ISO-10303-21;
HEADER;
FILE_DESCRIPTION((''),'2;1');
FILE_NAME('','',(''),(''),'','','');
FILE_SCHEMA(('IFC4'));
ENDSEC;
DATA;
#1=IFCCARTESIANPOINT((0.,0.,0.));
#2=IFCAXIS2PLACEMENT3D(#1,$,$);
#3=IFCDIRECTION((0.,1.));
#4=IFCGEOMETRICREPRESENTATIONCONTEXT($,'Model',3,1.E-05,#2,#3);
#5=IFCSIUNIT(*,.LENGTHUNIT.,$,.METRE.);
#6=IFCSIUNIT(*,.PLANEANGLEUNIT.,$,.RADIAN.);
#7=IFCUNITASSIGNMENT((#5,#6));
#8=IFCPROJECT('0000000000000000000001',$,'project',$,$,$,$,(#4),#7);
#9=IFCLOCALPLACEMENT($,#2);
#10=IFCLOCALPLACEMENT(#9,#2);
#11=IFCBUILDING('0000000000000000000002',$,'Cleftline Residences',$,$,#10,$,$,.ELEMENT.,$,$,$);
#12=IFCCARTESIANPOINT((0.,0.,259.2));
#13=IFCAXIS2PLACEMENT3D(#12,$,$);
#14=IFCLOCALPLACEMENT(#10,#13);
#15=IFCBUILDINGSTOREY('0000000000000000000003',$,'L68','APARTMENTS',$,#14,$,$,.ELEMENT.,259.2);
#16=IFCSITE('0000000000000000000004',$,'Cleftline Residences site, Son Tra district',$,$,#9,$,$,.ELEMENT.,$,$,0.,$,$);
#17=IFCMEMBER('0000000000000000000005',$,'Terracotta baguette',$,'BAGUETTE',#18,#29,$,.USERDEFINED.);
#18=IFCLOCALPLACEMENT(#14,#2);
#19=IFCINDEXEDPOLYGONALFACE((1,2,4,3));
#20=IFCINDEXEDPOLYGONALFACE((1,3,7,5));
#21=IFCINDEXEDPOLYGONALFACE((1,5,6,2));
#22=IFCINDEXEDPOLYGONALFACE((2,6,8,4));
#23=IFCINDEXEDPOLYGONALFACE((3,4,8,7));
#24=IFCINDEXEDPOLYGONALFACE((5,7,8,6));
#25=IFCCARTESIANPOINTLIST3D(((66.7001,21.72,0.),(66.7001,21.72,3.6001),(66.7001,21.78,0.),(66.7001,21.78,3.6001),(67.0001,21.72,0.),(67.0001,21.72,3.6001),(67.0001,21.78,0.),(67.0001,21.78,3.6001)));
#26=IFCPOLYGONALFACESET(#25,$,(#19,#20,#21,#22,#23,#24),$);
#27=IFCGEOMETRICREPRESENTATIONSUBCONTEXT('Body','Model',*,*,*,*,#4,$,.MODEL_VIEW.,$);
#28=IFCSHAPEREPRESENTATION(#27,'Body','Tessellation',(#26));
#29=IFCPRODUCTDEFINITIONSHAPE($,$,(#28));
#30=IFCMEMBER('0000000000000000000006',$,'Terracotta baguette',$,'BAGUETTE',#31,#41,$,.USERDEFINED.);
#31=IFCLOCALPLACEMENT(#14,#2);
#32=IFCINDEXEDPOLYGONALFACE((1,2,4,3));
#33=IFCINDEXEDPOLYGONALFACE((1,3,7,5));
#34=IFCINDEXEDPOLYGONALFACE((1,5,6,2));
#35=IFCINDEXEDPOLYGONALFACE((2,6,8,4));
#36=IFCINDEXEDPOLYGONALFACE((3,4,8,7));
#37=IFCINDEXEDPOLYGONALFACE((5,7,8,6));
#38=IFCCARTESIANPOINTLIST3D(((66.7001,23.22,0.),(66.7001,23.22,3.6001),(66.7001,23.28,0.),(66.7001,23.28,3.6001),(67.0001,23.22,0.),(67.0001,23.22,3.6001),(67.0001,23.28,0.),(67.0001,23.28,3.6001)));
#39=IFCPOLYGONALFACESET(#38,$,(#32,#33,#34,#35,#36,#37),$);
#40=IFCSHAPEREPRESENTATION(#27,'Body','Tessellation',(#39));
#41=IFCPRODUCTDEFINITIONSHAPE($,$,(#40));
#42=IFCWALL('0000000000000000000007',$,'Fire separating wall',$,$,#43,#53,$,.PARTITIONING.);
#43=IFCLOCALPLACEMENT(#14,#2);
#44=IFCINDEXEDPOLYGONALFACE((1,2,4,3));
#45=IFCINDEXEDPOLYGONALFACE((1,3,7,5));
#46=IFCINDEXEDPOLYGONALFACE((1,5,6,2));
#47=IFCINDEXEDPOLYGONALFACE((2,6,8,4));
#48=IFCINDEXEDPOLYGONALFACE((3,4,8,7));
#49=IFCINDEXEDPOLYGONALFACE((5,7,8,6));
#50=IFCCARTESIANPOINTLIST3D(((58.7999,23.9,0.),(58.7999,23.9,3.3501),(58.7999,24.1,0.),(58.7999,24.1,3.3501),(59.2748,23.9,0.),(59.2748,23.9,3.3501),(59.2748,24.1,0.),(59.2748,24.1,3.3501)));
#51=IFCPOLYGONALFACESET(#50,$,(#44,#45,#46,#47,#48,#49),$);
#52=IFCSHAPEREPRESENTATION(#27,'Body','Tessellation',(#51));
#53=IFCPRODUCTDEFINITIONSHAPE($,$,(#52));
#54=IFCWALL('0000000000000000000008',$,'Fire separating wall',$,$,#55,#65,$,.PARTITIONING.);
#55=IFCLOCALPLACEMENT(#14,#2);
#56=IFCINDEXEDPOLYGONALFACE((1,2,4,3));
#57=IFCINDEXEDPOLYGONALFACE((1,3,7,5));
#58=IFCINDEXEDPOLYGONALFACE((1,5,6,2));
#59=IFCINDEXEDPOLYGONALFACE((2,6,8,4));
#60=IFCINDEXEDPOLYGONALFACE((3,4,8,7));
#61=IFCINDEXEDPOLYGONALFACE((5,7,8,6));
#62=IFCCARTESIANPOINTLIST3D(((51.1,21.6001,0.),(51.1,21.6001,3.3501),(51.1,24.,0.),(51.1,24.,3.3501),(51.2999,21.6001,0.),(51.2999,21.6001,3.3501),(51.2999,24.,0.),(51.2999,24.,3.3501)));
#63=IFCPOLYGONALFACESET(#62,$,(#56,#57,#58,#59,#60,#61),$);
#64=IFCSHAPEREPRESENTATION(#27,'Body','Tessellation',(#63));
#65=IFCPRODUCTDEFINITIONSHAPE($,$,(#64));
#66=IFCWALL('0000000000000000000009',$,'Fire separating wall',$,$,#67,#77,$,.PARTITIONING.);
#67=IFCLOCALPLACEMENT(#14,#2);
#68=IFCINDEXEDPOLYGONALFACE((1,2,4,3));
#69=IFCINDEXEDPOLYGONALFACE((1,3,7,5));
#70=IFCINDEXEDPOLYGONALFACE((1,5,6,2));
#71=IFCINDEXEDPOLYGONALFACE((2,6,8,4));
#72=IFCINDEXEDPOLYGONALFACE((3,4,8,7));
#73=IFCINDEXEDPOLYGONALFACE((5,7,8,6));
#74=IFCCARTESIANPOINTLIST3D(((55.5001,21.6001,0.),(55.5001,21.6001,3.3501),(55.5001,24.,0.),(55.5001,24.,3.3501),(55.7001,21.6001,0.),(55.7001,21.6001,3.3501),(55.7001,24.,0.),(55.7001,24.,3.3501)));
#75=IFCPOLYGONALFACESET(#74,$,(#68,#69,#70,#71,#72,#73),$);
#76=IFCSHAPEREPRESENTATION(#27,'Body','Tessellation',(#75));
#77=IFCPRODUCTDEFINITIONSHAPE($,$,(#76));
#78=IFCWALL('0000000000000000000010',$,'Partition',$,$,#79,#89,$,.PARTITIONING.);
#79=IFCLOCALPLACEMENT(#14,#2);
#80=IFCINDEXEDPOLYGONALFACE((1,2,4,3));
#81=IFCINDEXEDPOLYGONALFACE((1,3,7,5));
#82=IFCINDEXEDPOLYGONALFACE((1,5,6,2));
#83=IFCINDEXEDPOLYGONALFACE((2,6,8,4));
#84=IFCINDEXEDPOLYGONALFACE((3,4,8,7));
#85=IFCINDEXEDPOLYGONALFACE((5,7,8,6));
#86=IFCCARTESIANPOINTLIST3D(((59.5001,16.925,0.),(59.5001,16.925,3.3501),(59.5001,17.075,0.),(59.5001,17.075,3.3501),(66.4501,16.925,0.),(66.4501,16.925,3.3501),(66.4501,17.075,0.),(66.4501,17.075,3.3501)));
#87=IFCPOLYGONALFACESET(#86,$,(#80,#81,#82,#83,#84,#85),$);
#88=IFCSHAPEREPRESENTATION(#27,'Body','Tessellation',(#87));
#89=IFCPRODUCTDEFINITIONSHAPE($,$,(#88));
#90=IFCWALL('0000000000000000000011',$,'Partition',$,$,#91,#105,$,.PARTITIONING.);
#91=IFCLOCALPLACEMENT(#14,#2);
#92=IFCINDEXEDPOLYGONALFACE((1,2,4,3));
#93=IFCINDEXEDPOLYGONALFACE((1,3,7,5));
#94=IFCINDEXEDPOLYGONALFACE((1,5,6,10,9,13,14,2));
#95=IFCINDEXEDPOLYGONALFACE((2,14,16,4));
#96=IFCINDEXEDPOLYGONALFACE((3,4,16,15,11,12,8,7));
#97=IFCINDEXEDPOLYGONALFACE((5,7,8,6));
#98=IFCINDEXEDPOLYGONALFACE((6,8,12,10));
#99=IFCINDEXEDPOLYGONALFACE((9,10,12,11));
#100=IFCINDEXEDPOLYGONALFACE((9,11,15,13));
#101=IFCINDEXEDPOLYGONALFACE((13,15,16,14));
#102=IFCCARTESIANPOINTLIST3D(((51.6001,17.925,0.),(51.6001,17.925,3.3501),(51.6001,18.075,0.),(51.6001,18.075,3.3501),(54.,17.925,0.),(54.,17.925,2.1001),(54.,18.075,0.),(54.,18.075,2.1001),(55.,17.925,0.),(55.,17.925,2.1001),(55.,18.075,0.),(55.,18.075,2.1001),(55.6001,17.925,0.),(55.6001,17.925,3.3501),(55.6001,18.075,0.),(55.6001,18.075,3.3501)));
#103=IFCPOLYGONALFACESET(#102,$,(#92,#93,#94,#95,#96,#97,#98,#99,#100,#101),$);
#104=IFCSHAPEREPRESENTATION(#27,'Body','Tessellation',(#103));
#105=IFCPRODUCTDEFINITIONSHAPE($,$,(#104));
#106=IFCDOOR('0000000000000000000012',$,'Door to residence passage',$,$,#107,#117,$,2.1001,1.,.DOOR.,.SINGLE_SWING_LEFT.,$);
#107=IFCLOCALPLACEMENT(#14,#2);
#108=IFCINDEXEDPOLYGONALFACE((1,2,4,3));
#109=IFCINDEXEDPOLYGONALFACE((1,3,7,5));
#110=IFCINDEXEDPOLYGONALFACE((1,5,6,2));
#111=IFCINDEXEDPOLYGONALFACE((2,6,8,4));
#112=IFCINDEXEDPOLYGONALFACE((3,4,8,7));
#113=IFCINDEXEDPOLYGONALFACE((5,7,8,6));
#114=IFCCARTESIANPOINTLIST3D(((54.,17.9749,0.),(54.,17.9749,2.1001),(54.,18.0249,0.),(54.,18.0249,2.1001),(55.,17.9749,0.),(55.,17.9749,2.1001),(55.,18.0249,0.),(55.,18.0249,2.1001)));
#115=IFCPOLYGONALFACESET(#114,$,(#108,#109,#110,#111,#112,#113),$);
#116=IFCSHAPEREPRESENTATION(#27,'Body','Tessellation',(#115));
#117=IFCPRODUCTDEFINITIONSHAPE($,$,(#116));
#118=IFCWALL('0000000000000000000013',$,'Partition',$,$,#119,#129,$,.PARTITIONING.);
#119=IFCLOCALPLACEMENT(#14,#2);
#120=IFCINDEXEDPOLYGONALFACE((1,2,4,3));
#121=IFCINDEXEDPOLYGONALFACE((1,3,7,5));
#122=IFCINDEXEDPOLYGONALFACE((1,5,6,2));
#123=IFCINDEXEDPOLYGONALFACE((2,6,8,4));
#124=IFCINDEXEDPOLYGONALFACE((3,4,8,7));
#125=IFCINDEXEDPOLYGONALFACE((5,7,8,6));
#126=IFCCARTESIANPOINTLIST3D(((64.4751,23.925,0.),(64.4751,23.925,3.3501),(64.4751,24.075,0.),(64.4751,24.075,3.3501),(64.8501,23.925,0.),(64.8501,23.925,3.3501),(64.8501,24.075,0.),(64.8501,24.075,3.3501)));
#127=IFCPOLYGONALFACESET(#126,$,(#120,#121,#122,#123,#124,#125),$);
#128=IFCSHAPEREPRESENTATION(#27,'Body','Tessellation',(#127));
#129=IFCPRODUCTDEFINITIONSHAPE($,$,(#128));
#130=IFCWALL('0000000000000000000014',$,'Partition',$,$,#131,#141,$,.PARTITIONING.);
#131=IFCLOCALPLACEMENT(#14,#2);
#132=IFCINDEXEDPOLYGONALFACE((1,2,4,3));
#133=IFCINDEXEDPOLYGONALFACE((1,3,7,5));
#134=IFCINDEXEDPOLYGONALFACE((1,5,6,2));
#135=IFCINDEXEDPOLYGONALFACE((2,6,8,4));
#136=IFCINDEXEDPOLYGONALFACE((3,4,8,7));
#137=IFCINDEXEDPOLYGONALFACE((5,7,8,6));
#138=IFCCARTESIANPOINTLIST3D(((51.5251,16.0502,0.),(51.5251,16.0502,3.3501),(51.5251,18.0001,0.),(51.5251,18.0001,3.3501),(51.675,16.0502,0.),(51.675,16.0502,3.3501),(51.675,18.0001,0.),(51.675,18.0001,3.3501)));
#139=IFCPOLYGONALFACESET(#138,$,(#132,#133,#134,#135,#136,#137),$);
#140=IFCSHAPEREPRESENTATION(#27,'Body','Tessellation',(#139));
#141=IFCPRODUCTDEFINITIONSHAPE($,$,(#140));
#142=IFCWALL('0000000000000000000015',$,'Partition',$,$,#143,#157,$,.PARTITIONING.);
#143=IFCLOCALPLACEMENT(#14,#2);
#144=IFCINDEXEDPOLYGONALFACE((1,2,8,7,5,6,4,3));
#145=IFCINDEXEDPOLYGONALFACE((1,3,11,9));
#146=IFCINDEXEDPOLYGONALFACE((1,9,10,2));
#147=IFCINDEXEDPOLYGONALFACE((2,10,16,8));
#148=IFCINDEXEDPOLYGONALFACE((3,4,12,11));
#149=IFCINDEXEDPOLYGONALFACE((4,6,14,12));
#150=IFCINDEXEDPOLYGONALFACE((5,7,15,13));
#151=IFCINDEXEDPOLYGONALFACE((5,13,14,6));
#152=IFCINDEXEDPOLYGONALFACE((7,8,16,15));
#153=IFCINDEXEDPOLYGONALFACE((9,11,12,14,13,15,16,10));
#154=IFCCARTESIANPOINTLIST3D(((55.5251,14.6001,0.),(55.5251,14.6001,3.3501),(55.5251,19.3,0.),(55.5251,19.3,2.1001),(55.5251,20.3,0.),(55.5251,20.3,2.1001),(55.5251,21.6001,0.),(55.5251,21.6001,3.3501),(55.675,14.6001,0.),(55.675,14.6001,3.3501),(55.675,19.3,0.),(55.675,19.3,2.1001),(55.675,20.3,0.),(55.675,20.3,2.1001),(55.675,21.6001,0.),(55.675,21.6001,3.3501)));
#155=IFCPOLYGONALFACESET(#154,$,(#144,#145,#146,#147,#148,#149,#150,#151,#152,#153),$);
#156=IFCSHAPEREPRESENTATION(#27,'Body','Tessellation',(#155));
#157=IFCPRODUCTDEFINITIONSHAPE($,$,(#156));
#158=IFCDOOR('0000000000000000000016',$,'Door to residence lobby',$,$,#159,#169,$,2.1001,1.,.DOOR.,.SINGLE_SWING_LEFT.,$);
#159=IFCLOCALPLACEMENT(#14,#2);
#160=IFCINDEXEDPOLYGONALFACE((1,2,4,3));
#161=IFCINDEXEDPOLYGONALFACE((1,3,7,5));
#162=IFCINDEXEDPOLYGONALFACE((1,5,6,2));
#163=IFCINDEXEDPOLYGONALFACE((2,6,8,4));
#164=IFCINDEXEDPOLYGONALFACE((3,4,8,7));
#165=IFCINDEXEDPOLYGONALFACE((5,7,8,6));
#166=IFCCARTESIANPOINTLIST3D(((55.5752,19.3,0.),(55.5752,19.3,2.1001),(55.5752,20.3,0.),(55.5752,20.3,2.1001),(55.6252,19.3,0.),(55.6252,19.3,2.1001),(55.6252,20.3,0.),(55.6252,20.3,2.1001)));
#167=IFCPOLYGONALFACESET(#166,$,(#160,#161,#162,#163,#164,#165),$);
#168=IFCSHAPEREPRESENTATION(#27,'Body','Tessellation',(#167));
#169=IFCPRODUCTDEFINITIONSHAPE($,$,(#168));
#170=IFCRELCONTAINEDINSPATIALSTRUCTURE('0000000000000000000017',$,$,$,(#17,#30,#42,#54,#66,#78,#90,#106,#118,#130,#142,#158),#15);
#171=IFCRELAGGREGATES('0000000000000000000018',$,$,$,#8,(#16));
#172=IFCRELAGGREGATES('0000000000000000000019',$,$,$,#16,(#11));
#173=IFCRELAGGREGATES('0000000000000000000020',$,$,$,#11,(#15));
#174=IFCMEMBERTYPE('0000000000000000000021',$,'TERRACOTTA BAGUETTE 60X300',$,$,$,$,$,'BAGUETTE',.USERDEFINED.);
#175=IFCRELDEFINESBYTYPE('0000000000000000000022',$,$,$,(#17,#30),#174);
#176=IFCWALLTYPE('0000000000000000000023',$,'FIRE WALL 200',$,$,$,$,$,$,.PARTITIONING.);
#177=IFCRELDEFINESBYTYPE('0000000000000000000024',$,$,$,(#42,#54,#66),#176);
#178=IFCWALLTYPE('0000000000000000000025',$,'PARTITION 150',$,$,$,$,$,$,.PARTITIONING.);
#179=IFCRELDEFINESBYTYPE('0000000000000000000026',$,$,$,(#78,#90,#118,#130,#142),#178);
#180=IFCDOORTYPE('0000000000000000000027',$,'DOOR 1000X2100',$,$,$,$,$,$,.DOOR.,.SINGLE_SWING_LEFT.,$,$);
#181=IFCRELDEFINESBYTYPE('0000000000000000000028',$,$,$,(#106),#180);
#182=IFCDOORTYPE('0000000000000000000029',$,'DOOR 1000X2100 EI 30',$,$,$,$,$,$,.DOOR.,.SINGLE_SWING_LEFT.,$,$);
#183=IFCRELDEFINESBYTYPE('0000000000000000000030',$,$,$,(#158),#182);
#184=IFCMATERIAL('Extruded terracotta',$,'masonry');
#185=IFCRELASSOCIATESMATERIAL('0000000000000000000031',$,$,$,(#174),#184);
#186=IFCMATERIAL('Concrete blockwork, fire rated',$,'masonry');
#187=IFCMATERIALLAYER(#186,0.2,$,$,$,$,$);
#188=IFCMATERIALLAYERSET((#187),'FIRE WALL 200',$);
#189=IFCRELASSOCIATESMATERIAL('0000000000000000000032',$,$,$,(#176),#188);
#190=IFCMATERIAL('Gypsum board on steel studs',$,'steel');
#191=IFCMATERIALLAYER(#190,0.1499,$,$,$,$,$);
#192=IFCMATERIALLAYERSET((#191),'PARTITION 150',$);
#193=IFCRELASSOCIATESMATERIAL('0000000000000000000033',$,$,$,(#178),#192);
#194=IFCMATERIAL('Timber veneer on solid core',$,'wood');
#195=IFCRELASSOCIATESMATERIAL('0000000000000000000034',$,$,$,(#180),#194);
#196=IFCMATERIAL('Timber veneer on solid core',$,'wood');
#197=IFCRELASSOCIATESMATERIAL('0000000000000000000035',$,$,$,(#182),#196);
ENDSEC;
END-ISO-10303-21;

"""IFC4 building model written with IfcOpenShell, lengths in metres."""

from ifc_helpers import new_model, si_unit, direction, frame, frame_2d, origin, origin_2d, place, context, subcontext, project, spatial, rectangle, extrude, material, layer, layer_set, material_profile, profile_set, type_object, element, fill, save


model = new_model("IFC4")

# Units and contexts
model_context = context("Model", 3, precision=1e-05, world=origin(), true_north=direction((0.0, 1.0)))
body_context = subcontext(model_context, "Body", "Model", "MODEL_VIEW")
ifc_project = project(units=[si_unit("LENGTHUNIT", "METRE"), si_unit("PLANEANGLEUNIT", "RADIAN")], contexts=[model_context])

# Site, building, storey
site_placement = place(None, origin())
site = spatial("IfcSite", under=ifc_project, at=site_placement, Name="Cleftline Residences site, Son Tra district", CompositionType="ELEMENT", RefElevation=0.0)
building_placement = place(site_placement, origin())
building = spatial("IfcBuilding", under=site, at=building_placement, Name="Cleftline Residences", CompositionType="ELEMENT")
storey_placement = place(building_placement, frame((0.0, 0.0, 259.2)))
storey = spatial("IfcBuildingStorey", under=building, at=storey_placement, Name="L68", Description="APARTMENTS", CompositionType="ELEMENT", Elevation=259.2)

# Members
ifc_material_1 = material(Name="Extruded terracotta", Category="masonry")
ifc_material_profile_1 = material_profile(ifc_material_1, rectangle(XDim=0.0601, YDim=0.3, at=origin_2d()))
ifc_profile_set_1 = profile_set([ifc_material_profile_1], Name="Extruded terracotta")
member_type_1 = type_object("IfcMemberType", Name="TERRACOTTA BAGUETTE 60X300", ElementType="BAGUETTE", PredefinedType="USERDEFINED", material=ifc_profile_set_1)
for number, where, z_axis, x_axis, name in (
    (1, (66.8501, 21.75, 0.0), (0.0, 0.0, 1.0), (0.0, 1.0, 0.0), "Terracotta baguette"),
    (2, (66.8501, 23.25, 0.0), (0.0, 0.0, 1.0), (0.0, 1.0, 0.0), "Terracotta baguette"),
):
    element("IfcMember", number, at=place(storey_placement, frame(where, z_axis=z_axis, x_axis=x_axis)), inside=storey, type_object=member_type_1, Name=name, ObjectType="BAGUETTE", PredefinedType="USERDEFINED", context=body_context, shape_type="SweptSolid", body=[
        extrude(rectangle(XDim=0.0601, YDim=0.3, at=origin_2d()), origin(), (0.0, 0.0, 1.0), 3.6001),
    ])

# Walls
ifc_material_2 = material(Name="Concrete blockwork, fire rated", Category="masonry")
ifc_layer_1 = layer(ifc_material_2, 0.2)
ifc_layer_set_1 = layer_set([ifc_layer_1], Name="FIRE WALL 200")
wall_type_1 = type_object("IfcWallType", Name="FIRE WALL 200", PredefinedType="PARTITIONING", material=ifc_layer_set_1)
wall_1_placement = place(storey_placement, frame((58.8, 24.0, 0.0), z_axis=(0.0, 0.0, 1.0), x_axis=(1.0, 0.0, 0.0)))
element("IfcWall", 3, at=wall_1_placement, inside=storey, type_object=wall_type_1, Name="Fire separating wall", PredefinedType="PARTITIONING", context=body_context, shape_type="SweptSolid", body=[
    extrude(rectangle(XDim=0.4749, YDim=0.2, at=frame_2d((0.2373, 0.0))), origin(), (0.0, 0.0, 1.0), 3.3501),
])
for number, where, z_axis, x_axis, name in (
    (4, (51.2, 21.6001, 0.0), (0.0, 0.0, 1.0), (0.0, 1.0, 0.0), "Fire separating wall"),
    (5, (55.6001, 21.6001, 0.0), (0.0, 0.0, 1.0), (0.0, 1.0, 0.0), "Fire separating wall"),
):
    element("IfcWall", number, at=place(storey_placement, frame(where, z_axis=z_axis, x_axis=x_axis)), inside=storey, type_object=wall_type_1, Name=name, PredefinedType="PARTITIONING", context=body_context, shape_type="SweptSolid", body=[
        extrude(rectangle(XDim=2.3999, YDim=0.2, at=frame_2d((1.2, 0.0))), origin(), (0.0, 0.0, 1.0), 3.3501),
    ])
ifc_material_3 = material(Name="Gypsum board on steel studs", Category="steel")
ifc_layer_2 = layer(ifc_material_3, 0.1499)
ifc_layer_set_2 = layer_set([ifc_layer_2], Name="PARTITION 150")
wall_type_2 = type_object("IfcWallType", Name="PARTITION 150", PredefinedType="PARTITIONING", material=ifc_layer_set_2)
wall_2_placement = place(storey_placement, frame((59.5, 17.0, 0.0), z_axis=(0.0, 0.0, 1.0), x_axis=(1.0, 0.0, 0.0)))
element("IfcWall", 6, at=wall_2_placement, inside=storey, type_object=wall_type_2, Name="Partition", PredefinedType="PARTITIONING", context=body_context, shape_type="SweptSolid", body=[
    extrude(rectangle(XDim=6.95, YDim=0.1499, at=frame_2d((3.4751, 0.0))), origin(), (0.0, 0.0, 1.0), 3.3501),
])

# Wall, opening, door
wall_3_placement = place(storey_placement, frame((51.6001, 18.0, 0.0), z_axis=(0.0, 0.0, 1.0), x_axis=(1.0, 0.0, 0.0)))
wall_3 = element("IfcWall", 7, at=wall_3_placement, inside=storey, type_object=wall_type_2, Name="Partition", PredefinedType="PARTITIONING", context=body_context, shape_type="SweptSolid", body=[
    extrude(rectangle(XDim=4.0, YDim=0.1499, at=frame_2d((2.0, 0.0))), origin(), (0.0, 0.0, 1.0), 3.3501),
])
opening_1_placement = place(wall_3_placement, frame((2.3999, 0.0, 0.0)))
opening_1 = element("IfcOpeningElement", 8, at=opening_1_placement, cuts=wall_3, PredefinedType="OPENING", context=body_context, shape_type="SweptSolid", body=[
    extrude(rectangle(XDim=1.0, YDim=2.1001, at=frame_2d((0.5, 1.05))), frame((0.0, 0.085, 0.0), z_axis=(0.0, -1.0, 0.0), x_axis=(1.0, 0.0, 0.0)), (0.0, 0.0, 1.0), 0.1699),
])
ifc_material_4 = material(Name="Timber veneer on solid core", Category="wood")
door_type_1 = type_object("IfcDoorType", Name="DOOR 1000X2100", OperationType="SINGLE_SWING_LEFT", PredefinedType="DOOR", material=ifc_material_4)
door_1_placement = place(opening_1_placement, origin())
door_1 = element("IfcDoor", 9, at=door_1_placement, inside=storey, type_object=door_type_1, Name="Door to residence passage", OperationType="SINGLE_SWING_LEFT", OverallHeight=2.1001, OverallWidth=1.0, PredefinedType="DOOR", context=body_context, shape_type="SweptSolid", body=[
    extrude(rectangle(XDim=1.0, YDim=2.1001, at=frame_2d((0.5, 1.05))), frame((0.0, 0.0249, 0.0), z_axis=(0.0, -1.0, 0.0), x_axis=(1.0, 0.0, 0.0)), (0.0, 0.0, 1.0), 0.05),
])
fill(opening_1, door_1)

# Walls
wall_4_placement = place(storey_placement, frame((64.4751, 24.0, 0.0), z_axis=(0.0, 0.0, 1.0), x_axis=(1.0, 0.0, 0.0)))
element("IfcWall", 10, at=wall_4_placement, inside=storey, type_object=wall_type_2, Name="Partition", PredefinedType="PARTITIONING", context=body_context, shape_type="SweptSolid", body=[
    extrude(rectangle(XDim=0.375, YDim=0.1499, at=frame_2d((0.1875, 0.0))), origin(), (0.0, 0.0, 1.0), 3.3501),
])
wall_5_placement = place(storey_placement, frame((51.6001, 16.05, 0.0), z_axis=(0.0, 0.0, 1.0), x_axis=(0.0, 1.0, 0.0)))
element("IfcWall", 11, at=wall_5_placement, inside=storey, type_object=wall_type_2, Name="Partition", PredefinedType="PARTITIONING", context=body_context, shape_type="SweptSolid", body=[
    extrude(rectangle(XDim=1.95, YDim=0.1499, at=frame_2d((0.9751, 0.0))), origin(), (0.0, 0.0, 1.0), 3.3501),
])

# Wall, opening, door
wall_6_placement = place(storey_placement, frame((55.6001, 14.6001, 0.0), z_axis=(0.0, 0.0, 1.0), x_axis=(0.0, 1.0, 0.0)))
wall_6 = element("IfcWall", 12, at=wall_6_placement, inside=storey, type_object=wall_type_2, Name="Partition", PredefinedType="PARTITIONING", context=body_context, shape_type="SweptSolid", body=[
    extrude(rectangle(XDim=7.0, YDim=0.1499, at=frame_2d((3.5, 0.0))), origin(), (0.0, 0.0, 1.0), 3.3501),
])
opening_2_placement = place(wall_6_placement, frame((4.7, 0.0, 0.0)))
opening_2 = element("IfcOpeningElement", 13, at=opening_2_placement, cuts=wall_6, PredefinedType="OPENING", context=body_context, shape_type="SweptSolid", body=[
    extrude(rectangle(XDim=1.0, YDim=2.1001, at=frame_2d((0.5, 1.05))), frame((0.0, 0.085, 0.0), z_axis=(0.0, -1.0, 0.0), x_axis=(1.0, 0.0, 0.0)), (0.0, 0.0, 1.0), 0.1699),
])
ifc_material_5 = material(Name="Timber veneer on solid core", Category="wood")
door_type_2 = type_object("IfcDoorType", Name="DOOR 1000X2100 EI 30", OperationType="SINGLE_SWING_LEFT", PredefinedType="DOOR", material=ifc_material_5)
door_2_placement = place(opening_2_placement, origin())
door_2 = element("IfcDoor", 14, at=door_2_placement, inside=storey, type_object=door_type_2, Name="Door to residence lobby", OperationType="SINGLE_SWING_LEFT", OverallHeight=2.1001, OverallWidth=1.0, PredefinedType="DOOR", context=body_context, shape_type="SweptSolid", body=[
    extrude(rectangle(XDim=1.0, YDim=2.1001, at=frame_2d((0.5, 1.05))), frame((0.0, 0.0249, 0.0), z_axis=(0.0, -1.0, 0.0), x_axis=(1.0, 0.0, 0.0)), (0.0, 0.0, 1.0), 0.05),
])
fill(opening_2, door_2)

save(model, "model.ifc")
